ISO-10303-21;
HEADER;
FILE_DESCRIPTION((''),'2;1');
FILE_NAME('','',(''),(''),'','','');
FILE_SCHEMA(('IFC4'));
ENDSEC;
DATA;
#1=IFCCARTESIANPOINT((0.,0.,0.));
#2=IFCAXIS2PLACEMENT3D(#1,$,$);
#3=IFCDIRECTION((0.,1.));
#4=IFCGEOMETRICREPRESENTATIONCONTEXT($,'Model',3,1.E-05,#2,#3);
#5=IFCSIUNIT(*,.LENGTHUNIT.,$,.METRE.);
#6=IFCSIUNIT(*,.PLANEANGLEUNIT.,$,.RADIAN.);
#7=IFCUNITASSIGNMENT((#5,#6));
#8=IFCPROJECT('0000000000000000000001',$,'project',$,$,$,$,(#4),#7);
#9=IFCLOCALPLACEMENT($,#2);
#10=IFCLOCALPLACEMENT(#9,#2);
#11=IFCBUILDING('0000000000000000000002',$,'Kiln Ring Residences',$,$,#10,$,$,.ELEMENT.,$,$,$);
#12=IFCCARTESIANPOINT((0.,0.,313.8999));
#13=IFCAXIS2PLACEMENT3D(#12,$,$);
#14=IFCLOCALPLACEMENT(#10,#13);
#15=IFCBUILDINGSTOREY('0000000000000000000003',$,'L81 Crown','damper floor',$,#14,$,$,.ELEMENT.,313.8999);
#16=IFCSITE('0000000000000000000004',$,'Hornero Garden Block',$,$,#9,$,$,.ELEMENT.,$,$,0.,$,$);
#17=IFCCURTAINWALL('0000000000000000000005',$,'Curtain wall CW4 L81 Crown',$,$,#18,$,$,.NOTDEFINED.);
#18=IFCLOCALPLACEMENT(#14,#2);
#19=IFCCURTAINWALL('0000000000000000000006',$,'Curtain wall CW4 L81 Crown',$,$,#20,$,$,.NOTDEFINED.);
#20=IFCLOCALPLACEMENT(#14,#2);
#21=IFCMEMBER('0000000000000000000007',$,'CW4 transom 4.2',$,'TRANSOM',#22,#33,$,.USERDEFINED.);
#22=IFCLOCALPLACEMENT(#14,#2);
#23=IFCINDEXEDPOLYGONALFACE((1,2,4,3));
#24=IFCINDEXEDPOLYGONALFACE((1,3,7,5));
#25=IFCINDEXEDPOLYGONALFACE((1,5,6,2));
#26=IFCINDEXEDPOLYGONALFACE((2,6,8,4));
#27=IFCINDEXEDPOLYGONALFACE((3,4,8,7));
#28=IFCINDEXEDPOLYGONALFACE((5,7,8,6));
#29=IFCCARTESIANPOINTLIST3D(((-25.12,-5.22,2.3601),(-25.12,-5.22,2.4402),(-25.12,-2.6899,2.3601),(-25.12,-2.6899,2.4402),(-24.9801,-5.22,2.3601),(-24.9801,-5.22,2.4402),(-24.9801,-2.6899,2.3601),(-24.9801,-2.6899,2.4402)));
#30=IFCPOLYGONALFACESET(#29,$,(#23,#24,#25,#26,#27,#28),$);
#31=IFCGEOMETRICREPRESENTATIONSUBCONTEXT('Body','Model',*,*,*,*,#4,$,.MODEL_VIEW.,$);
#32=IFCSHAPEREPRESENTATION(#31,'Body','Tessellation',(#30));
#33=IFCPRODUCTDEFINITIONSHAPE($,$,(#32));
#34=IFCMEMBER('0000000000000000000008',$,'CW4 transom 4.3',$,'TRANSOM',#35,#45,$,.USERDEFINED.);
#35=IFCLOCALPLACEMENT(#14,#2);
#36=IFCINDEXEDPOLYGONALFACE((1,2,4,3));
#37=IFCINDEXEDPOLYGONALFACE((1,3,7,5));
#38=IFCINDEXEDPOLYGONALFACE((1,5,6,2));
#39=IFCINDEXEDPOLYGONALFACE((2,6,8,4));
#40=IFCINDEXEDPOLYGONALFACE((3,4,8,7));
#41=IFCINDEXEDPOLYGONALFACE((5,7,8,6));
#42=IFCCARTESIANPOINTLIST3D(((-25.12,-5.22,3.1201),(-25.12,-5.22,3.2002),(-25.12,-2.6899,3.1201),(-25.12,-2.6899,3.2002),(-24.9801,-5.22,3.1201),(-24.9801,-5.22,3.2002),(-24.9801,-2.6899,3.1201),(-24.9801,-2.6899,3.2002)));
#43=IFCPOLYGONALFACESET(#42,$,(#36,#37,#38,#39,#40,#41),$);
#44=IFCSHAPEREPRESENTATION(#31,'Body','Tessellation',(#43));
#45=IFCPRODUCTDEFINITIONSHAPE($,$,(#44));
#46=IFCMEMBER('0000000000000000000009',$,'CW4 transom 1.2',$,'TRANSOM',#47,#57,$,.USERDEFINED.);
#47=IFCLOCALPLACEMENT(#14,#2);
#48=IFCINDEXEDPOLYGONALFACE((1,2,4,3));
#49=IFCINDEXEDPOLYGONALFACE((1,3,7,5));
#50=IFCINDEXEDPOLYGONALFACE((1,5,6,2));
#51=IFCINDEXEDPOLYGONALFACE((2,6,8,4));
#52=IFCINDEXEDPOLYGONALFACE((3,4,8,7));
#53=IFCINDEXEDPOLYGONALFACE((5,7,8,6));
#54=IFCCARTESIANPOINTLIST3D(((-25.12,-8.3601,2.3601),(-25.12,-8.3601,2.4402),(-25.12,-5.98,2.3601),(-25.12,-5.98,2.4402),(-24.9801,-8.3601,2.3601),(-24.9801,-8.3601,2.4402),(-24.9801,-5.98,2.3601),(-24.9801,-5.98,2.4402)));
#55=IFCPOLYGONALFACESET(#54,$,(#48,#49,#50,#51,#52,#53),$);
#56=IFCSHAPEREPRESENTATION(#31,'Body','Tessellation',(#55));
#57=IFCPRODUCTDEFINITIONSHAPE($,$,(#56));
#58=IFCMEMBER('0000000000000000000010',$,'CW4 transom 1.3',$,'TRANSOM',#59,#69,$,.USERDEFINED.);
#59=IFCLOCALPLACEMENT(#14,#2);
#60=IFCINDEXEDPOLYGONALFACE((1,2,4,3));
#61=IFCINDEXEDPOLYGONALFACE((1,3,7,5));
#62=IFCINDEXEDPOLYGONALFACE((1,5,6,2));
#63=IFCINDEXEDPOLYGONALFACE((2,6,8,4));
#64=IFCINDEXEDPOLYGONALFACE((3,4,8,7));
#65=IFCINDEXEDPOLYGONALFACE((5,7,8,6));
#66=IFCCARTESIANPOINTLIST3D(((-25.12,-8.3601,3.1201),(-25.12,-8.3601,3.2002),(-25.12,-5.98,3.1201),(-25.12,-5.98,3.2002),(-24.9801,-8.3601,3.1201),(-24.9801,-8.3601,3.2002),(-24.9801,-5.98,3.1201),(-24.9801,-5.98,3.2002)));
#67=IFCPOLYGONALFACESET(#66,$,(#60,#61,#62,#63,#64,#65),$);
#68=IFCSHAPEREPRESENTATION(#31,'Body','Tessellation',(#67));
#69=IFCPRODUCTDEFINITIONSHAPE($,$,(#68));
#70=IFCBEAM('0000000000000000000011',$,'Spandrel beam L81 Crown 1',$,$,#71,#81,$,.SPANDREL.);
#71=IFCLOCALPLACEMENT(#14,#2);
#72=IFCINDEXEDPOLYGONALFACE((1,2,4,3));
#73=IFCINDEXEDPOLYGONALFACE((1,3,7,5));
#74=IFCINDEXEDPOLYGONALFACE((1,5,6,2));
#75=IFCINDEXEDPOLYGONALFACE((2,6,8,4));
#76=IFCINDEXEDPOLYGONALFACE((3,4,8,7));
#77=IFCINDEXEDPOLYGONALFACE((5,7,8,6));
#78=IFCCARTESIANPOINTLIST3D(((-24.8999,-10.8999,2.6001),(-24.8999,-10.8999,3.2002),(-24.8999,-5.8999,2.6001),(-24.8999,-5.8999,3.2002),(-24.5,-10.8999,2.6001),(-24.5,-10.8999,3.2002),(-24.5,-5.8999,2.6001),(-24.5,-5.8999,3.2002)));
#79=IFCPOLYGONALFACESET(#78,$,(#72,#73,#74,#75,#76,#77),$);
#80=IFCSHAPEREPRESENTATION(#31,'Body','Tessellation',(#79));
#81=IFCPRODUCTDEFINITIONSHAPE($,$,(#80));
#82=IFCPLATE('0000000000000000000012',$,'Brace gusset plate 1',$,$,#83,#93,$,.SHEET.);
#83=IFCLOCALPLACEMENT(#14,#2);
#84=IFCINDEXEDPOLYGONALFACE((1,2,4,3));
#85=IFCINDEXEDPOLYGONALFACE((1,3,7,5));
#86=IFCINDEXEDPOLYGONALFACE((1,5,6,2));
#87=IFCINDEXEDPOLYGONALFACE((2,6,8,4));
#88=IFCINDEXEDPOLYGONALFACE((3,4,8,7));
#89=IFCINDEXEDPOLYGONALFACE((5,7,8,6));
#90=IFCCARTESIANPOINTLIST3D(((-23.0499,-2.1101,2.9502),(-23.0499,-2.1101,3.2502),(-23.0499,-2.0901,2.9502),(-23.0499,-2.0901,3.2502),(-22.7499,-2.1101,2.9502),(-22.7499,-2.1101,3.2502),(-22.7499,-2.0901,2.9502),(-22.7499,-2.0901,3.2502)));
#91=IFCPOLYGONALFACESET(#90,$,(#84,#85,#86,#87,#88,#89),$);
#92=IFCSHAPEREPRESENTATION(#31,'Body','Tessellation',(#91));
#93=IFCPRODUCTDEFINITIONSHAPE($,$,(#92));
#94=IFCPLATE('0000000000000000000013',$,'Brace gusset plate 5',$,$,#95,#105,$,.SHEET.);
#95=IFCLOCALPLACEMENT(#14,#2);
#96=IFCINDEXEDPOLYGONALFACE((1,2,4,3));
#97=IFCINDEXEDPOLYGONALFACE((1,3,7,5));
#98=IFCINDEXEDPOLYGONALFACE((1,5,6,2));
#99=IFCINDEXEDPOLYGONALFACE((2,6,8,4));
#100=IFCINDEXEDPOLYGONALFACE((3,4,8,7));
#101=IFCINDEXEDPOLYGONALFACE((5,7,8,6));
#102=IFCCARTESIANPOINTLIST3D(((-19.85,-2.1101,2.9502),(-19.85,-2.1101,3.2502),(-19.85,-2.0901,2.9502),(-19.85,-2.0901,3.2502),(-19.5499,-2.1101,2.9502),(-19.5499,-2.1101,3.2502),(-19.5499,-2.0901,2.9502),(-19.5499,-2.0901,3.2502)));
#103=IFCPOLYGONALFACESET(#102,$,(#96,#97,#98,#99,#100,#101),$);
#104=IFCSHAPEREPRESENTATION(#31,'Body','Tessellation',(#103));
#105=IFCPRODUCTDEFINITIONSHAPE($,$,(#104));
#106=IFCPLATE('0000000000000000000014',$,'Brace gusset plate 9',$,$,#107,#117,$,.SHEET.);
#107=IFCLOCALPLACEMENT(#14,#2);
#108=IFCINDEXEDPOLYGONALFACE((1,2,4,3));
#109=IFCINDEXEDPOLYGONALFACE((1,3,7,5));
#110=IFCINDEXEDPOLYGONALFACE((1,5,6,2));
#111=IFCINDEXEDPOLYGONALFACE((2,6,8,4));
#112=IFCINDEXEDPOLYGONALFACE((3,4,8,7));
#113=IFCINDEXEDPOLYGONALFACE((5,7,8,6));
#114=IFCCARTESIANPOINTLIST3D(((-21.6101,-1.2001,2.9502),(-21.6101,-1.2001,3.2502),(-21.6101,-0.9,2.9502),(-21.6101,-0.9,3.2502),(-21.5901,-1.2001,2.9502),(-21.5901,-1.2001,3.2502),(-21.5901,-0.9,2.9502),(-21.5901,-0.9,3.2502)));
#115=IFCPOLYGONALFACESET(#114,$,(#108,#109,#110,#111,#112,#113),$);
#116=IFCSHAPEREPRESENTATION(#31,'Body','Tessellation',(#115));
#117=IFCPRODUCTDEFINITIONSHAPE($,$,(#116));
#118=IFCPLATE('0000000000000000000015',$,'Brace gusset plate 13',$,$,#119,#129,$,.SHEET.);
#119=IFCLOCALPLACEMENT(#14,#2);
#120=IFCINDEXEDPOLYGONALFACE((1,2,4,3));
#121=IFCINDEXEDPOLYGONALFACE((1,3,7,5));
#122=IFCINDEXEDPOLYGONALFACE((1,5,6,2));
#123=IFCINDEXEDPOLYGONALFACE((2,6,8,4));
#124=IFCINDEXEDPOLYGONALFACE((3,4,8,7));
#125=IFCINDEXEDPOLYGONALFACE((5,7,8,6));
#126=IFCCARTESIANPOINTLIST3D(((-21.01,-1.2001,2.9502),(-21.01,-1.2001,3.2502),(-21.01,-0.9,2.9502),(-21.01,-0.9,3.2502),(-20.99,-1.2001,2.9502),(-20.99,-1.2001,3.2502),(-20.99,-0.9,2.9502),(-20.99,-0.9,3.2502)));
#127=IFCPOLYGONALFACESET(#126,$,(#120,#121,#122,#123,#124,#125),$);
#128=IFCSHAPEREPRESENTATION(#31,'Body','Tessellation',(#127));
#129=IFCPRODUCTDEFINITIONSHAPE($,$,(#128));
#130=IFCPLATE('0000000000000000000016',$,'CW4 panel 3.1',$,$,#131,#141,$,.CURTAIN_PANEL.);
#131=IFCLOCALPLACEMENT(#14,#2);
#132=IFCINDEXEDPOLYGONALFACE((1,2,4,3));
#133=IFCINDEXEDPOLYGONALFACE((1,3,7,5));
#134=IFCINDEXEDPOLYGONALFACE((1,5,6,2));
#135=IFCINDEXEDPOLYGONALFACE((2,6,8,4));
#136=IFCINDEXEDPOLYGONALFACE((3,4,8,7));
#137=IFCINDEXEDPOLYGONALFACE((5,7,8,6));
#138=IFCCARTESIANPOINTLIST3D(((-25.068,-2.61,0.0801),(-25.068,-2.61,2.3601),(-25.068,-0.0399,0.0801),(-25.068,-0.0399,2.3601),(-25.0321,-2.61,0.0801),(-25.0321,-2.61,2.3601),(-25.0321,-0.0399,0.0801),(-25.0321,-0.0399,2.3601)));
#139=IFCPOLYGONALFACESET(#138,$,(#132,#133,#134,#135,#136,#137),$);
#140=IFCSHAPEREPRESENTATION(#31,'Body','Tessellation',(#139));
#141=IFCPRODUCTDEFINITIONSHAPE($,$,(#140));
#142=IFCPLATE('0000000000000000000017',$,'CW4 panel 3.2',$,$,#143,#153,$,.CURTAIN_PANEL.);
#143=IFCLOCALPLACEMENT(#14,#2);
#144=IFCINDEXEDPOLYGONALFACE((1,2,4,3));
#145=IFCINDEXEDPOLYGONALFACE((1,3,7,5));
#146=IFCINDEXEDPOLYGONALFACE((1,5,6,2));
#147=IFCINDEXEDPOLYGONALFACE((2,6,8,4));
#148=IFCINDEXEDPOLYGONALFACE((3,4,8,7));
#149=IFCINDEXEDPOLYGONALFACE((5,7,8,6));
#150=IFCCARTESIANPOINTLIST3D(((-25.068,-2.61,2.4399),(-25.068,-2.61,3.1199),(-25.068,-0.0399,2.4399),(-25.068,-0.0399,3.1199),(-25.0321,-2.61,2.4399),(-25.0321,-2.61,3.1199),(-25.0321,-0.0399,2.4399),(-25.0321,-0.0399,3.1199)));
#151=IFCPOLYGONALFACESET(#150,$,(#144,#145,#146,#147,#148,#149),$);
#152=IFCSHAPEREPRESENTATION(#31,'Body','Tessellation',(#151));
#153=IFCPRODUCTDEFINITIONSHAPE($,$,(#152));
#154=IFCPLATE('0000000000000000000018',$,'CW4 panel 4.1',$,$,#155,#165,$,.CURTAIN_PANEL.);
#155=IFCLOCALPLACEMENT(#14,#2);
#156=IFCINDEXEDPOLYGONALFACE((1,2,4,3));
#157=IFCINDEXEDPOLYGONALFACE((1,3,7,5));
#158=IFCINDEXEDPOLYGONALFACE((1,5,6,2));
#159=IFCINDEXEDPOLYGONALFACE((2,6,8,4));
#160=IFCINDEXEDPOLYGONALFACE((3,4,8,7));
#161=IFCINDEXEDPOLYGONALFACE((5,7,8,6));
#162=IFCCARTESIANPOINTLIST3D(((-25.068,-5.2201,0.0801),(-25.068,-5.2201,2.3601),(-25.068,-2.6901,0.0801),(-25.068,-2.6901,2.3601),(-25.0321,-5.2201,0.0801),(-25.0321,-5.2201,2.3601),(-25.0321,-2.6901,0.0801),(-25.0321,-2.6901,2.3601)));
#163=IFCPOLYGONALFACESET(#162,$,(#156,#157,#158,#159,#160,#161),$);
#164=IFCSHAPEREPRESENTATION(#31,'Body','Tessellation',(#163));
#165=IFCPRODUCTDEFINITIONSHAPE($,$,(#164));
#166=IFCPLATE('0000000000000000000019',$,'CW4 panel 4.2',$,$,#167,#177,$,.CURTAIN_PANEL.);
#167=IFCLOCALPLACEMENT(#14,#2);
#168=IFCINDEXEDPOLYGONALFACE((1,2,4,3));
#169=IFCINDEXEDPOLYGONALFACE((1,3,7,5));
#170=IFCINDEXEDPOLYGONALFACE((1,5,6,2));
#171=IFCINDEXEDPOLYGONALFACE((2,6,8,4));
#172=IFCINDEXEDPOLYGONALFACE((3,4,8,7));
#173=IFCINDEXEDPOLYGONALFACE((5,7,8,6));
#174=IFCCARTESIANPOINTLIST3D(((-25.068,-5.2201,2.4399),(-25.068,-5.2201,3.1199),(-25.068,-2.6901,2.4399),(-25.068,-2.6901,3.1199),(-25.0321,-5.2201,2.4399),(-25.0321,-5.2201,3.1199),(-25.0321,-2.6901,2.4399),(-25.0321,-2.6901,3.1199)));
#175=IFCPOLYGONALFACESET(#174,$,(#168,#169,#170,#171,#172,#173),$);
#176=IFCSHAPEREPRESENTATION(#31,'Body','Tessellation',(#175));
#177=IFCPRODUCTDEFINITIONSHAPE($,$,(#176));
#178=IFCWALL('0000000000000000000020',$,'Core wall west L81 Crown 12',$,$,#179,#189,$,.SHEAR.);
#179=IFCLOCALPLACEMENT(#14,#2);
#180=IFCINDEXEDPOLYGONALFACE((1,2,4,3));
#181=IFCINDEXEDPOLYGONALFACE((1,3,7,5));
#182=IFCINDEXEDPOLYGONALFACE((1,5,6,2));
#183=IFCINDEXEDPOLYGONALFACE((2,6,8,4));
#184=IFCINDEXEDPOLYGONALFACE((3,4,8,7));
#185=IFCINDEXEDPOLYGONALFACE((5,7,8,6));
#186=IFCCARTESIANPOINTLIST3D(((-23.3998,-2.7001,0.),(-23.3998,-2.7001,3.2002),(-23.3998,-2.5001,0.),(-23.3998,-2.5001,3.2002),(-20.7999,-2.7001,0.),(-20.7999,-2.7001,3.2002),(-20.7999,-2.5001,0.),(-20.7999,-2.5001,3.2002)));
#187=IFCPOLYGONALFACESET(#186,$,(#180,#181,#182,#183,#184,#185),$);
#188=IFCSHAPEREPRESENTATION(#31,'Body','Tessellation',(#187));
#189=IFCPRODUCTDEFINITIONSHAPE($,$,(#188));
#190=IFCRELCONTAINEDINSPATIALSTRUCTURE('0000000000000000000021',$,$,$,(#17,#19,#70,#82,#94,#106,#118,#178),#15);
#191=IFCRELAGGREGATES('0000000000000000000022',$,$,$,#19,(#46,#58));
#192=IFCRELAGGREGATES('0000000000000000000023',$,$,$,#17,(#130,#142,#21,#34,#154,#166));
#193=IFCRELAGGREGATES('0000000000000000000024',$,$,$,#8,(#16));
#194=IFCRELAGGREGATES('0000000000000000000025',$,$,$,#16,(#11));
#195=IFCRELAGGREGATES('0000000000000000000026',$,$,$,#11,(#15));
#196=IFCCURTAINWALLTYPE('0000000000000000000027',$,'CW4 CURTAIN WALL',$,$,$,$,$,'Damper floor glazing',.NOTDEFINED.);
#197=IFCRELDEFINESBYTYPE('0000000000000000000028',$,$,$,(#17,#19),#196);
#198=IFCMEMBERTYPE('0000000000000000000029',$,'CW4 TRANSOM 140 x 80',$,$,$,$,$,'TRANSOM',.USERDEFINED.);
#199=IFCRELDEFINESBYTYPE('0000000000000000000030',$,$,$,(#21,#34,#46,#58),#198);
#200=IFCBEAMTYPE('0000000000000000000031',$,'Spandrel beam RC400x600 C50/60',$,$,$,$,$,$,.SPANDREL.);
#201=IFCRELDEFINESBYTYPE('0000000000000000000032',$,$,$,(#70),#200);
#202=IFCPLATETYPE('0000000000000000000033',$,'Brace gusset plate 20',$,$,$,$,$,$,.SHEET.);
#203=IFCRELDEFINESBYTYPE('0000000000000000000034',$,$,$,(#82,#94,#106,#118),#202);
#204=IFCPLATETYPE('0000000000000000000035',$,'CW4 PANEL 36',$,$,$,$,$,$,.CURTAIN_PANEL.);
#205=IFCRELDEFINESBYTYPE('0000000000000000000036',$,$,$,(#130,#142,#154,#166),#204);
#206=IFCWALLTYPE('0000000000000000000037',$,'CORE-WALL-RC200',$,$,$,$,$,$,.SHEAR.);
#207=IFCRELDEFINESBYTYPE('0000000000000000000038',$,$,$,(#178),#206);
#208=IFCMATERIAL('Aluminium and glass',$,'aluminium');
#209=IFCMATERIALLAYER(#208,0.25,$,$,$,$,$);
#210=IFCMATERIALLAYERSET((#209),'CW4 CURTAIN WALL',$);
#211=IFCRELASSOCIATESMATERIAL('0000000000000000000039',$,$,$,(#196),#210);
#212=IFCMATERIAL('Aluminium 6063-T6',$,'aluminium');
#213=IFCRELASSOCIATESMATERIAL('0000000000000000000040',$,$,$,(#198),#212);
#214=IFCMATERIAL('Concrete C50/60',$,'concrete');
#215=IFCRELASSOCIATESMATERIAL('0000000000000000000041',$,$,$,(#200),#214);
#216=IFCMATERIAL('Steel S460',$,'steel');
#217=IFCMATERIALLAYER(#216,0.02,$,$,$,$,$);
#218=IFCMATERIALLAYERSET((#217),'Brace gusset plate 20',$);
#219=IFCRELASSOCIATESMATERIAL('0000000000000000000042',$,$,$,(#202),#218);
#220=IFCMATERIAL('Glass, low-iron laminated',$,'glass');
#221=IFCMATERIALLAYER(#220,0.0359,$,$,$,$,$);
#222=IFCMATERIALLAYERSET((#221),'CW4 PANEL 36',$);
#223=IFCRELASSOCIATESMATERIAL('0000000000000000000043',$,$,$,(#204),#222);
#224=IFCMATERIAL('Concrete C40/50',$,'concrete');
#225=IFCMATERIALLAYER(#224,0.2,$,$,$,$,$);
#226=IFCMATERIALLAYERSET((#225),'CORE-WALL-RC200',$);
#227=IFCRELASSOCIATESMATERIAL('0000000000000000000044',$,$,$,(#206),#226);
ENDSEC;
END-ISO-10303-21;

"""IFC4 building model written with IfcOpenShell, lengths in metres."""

from ifc_helpers import new_model, si_unit, direction, frame, frame_2d, origin, origin_2d, place, context, subcontext, project, spatial, rectangle, extrude, material, layer, layer_set, material_profile, profile_set, type_object, element, aggregate, save


model = new_model("IFC4")

# Units and contexts
model_context = context("Model", 3, precision=1e-05, world=origin(), true_north=direction((0.0, 1.0)))
body_context = subcontext(model_context, "Body", "Model", "MODEL_VIEW")
ifc_project = project(units=[si_unit("LENGTHUNIT", "METRE"), si_unit("PLANEANGLEUNIT", "RADIAN")], contexts=[model_context])

# Site, building, storey
site_placement = place(None, origin())
site = spatial("IfcSite", under=ifc_project, at=site_placement, Name="Hornero Garden Block", CompositionType="ELEMENT", RefElevation=0.0)
building_placement = place(site_placement, origin())
building = spatial("IfcBuilding", under=site, at=building_placement, Name="Kiln Ring Residences", CompositionType="ELEMENT")
storey_placement = place(building_placement, frame((0.0, 0.0, 313.8999)))
storey = spatial("IfcBuildingStorey", under=building, at=storey_placement, Name="L81 Crown", Description="damper floor", CompositionType="ELEMENT", Elevation=313.8999)

# Curtain wall
ifc_material_1 = material(Name="Aluminium and glass", Category="aluminium")
ifc_layer_1 = layer(ifc_material_1, 0.25)
ifc_layer_set_1 = layer_set([ifc_layer_1], Name="CW4 CURTAIN WALL")
curtain_wall_type = type_object("IfcCurtainWallType", Name="CW4 CURTAIN WALL", ElementType="Damper floor glazing", PredefinedType="NOTDEFINED", material=ifc_layer_set_1)
placement = place(storey_placement, origin())
curtain_wall_1 = element("IfcCurtainWall", 1, at=placement, inside=storey, type_object=curtain_wall_type, Name="Curtain wall CW4 L81 Crown", PredefinedType="NOTDEFINED")

# Curtain wall
curtain_wall_2 = element("IfcCurtainWall", 2, at=placement, inside=storey, type_object=curtain_wall_type, Name="Curtain wall CW4 L81 Crown", PredefinedType="NOTDEFINED")

# Members
ifc_material_2 = material(Name="Aluminium 6063-T6", Category="aluminium")
ifc_material_profile_1 = material_profile(ifc_material_2, rectangle(XDim=0.1399, YDim=0.0801, at=origin_2d()), Name="AL 140x80")
ifc_profile_set_1 = profile_set([ifc_material_profile_1], Name="Aluminium 6063-T6")
member_type_1 = type_object("IfcMemberType", Name="CW4 TRANSOM 140 x 80", ElementType="TRANSOM", PredefinedType="USERDEFINED", material=ifc_profile_set_1)
member_1_placement = place(storey_placement, frame((-25.05, -2.6899, 2.4001), z_axis=(0.0, -1.0, 0.0), x_axis=(1.0, 0.0, 0.0)))
member_1 = element("IfcMember", 3, at=member_1_placement, type_object=member_type_1, Name="CW4 transom 4.2", ObjectType="TRANSOM", PredefinedType="USERDEFINED", context=body_context, shape_type="SweptSolid", body=[
    extrude(rectangle(XDim=0.1399, YDim=0.0801, at=origin_2d()), origin(), (0.0, 0.0, 1.0), 2.53),
])
member_2_placement = place(storey_placement, frame((-25.05, -2.6899, 3.1602), z_axis=(0.0, -1.0, 0.0), x_axis=(1.0, 0.0, 0.0)))
member_2 = element("IfcMember", 4, at=member_2_placement, type_object=member_type_1, Name="CW4 transom 4.3", ObjectType="TRANSOM", PredefinedType="USERDEFINED", context=body_context, shape_type="SweptSolid", body=[
    extrude(rectangle(XDim=0.1399, YDim=0.0801, at=origin_2d()), origin(), (0.0, 0.0, 1.0), 2.53),
])
member_3_placement = place(storey_placement, frame((-25.05, -5.98, 2.4001), z_axis=(0.0, -1.0, 0.0), x_axis=(1.0, 0.0, 0.0)))
member_3 = element("IfcMember", 5, at=member_3_placement, type_object=member_type_1, Name="CW4 transom 1.2", ObjectType="TRANSOM", PredefinedType="USERDEFINED", context=body_context, shape_type="SweptSolid", body=[
    extrude(rectangle(XDim=0.1399, YDim=0.0801, at=origin_2d()), origin(), (0.0, 0.0, 1.0), 2.3801),
])
member_4_placement = place(storey_placement, frame((-25.05, -5.98, 3.1602), z_axis=(0.0, -1.0, 0.0), x_axis=(1.0, 0.0, 0.0)))
member_4 = element("IfcMember", 6, at=member_4_placement, type_object=member_type_1, Name="CW4 transom 1.3", ObjectType="TRANSOM", PredefinedType="USERDEFINED", context=body_context, shape_type="SweptSolid", body=[
    extrude(rectangle(XDim=0.1399, YDim=0.0801, at=origin_2d()), origin(), (0.0, 0.0, 1.0), 2.3801),
])
aggregate(curtain_wall_2, [member_3, member_4])

# Beam
ifc_material_3 = material(Name="Concrete C50/60", Category="concrete")
ifc_material_profile_2 = material_profile(ifc_material_3, rectangle(XDim=0.3999, YDim=0.6001, at=origin_2d()), Name="RC400x600")
ifc_profile_set_2 = profile_set([ifc_material_profile_2], Name="Concrete C50/60")
beam_type = type_object("IfcBeamType", Name="Spandrel beam RC400x600 C50/60", PredefinedType="SPANDREL", material=ifc_profile_set_2)
beam_placement = place(storey_placement, frame((-24.7, -5.8999, 2.9001), z_axis=(0.0, -1.0, 0.0), x_axis=(1.0, 0.0, 0.0)))
element("IfcBeam", 7, at=beam_placement, inside=storey, type_object=beam_type, Name="Spandrel beam L81 Crown 1", PredefinedType="SPANDREL", context=body_context, shape_type="SweptSolid", body=[
    extrude(rectangle(XDim=0.3999, YDim=0.6001, at=origin_2d()), origin(), (0.0, 0.0, 1.0), 5.0),
])

# Plates
ifc_material_4 = material(Name="Steel S460", Category="steel")
ifc_layer_2 = layer(ifc_material_4, 0.02)
ifc_layer_set_2 = layer_set([ifc_layer_2], Name="Brace gusset plate 20")
plate_type_1 = type_object("IfcPlateType", Name="Brace gusset plate 20", PredefinedType="SHEET", material=ifc_layer_set_2)
for number, where, z_axis, x_axis, name in (
    (8, (-22.8999, -2.1001, 2.9502), (0.0, 0.0, 1.0), (1.0, 0.0, 0.0), "Brace gusset plate 1"),
    (9, (-19.7, -2.1001, 2.9502), (0.0, 0.0, 1.0), (1.0, 0.0, 0.0), "Brace gusset plate 5"),
):
    element("IfcPlate", number, at=place(storey_placement, frame(where, z_axis=z_axis, x_axis=x_axis)), inside=storey, type_object=plate_type_1, Name=name, PredefinedType="SHEET", context=body_context, shape_type="SweptSolid", body=[
        extrude(rectangle(XDim=0.3, YDim=0.02, at=origin_2d()), origin(), (0.0, 0.0, 1.0), 0.3),
    ])
for number, where, z_axis, x_axis, name in (
    (10, (-21.6001, -1.05, 2.9502), (0.0, 0.0, 1.0), (1.0, 0.0, 0.0), "Brace gusset plate 9"),
    (11, (-21.0, -1.05, 2.9502), (0.0, 0.0, 1.0), (1.0, 0.0, 0.0), "Brace gusset plate 13"),
):
    element("IfcPlate", number, at=place(storey_placement, frame(where, z_axis=z_axis, x_axis=x_axis)), inside=storey, type_object=plate_type_1, Name=name, PredefinedType="SHEET", context=body_context, shape_type="SweptSolid", body=[
        extrude(rectangle(XDim=0.02, YDim=0.3, at=origin_2d()), origin(), (0.0, 0.0, 1.0), 0.3),
    ])

# Plates
ifc_material_5 = material(Name="Glass, low-iron laminated", Category="glass")
ifc_layer_3 = layer(ifc_material_5, 0.0359)
ifc_layer_set_3 = layer_set([ifc_layer_3], Name="CW4 PANEL 36")
plate_type_2 = type_object("IfcPlateType", Name="CW4 PANEL 36", PredefinedType="CURTAIN_PANEL", material=ifc_layer_set_3)
plate_1_placement = place(storey_placement, frame((-25.05, -1.325, 0.0801), z_axis=(0.0, 0.0, 1.0), x_axis=(0.0, -1.0, 0.0)))
plate_1 = element("IfcPlate", 12, at=plate_1_placement, type_object=plate_type_2, Name="CW4 panel 3.1", PredefinedType="CURTAIN_PANEL", context=body_context, shape_type="SweptSolid", body=[
    extrude(rectangle(XDim=2.5701, YDim=0.0359, at=origin_2d()), origin(), (0.0, 0.0, 1.0), 2.28),
])
plate_2_placement = place(storey_placement, frame((-25.05, -1.325, 2.4399), z_axis=(0.0, 0.0, 1.0), x_axis=(0.0, -1.0, 0.0)))
plate_2 = element("IfcPlate", 13, at=plate_2_placement, type_object=plate_type_2, Name="CW4 panel 3.2", PredefinedType="CURTAIN_PANEL", context=body_context, shape_type="SweptSolid", body=[
    extrude(rectangle(XDim=2.5701, YDim=0.0359, at=origin_2d()), origin(), (0.0, 0.0, 1.0), 0.6799),
])
plate_3_placement = place(storey_placement, frame((-25.05, -3.9551, 0.0801), z_axis=(0.0, 0.0, 1.0), x_axis=(0.0, -1.0, 0.0)))
plate_3 = element("IfcPlate", 14, at=plate_3_placement, type_object=plate_type_2, Name="CW4 panel 4.1", PredefinedType="CURTAIN_PANEL", context=body_context, shape_type="SweptSolid", body=[
    extrude(rectangle(XDim=2.53, YDim=0.0359, at=origin_2d()), origin(), (0.0, 0.0, 1.0), 2.28),
])
plate_4_placement = place(storey_placement, frame((-25.05, -3.9551, 2.4399), z_axis=(0.0, 0.0, 1.0), x_axis=(0.0, -1.0, 0.0)))
plate_4 = element("IfcPlate", 15, at=plate_4_placement, type_object=plate_type_2, Name="CW4 panel 4.2", PredefinedType="CURTAIN_PANEL", context=body_context, shape_type="SweptSolid", body=[
    extrude(rectangle(XDim=2.53, YDim=0.0359, at=origin_2d()), origin(), (0.0, 0.0, 1.0), 0.6799),
])
aggregate(curtain_wall_1, [plate_1, plate_2, member_1, member_2, plate_3, plate_4])

# Wall
ifc_material_6 = material(Name="Concrete C40/50", Category="concrete")
ifc_layer_4 = layer(ifc_material_6, 0.2)
ifc_layer_set_4 = layer_set([ifc_layer_4], Name="CORE-WALL-RC200")
wall_type = type_object("IfcWallType", Name="CORE-WALL-RC200", PredefinedType="SHEAR", material=ifc_layer_set_4)
wall_placement = place(storey_placement, frame((-20.8, -2.6001, 0.0), z_axis=(0.0, 0.0, 1.0), x_axis=(-1.0, 0.0, 0.0)))
element("IfcWall", 16, at=wall_placement, inside=storey, type_object=wall_type, Name="Core wall west L81 Crown 12", PredefinedType="SHEAR", context=body_context, shape_type="SweptSolid", body=[
    extrude(rectangle(XDim=2.5999, YDim=0.2, at=frame_2d((1.2998, 0.0))), origin(), (0.0, 0.0, 1.0), 3.2002),
])

save(model, "model.ifc")
